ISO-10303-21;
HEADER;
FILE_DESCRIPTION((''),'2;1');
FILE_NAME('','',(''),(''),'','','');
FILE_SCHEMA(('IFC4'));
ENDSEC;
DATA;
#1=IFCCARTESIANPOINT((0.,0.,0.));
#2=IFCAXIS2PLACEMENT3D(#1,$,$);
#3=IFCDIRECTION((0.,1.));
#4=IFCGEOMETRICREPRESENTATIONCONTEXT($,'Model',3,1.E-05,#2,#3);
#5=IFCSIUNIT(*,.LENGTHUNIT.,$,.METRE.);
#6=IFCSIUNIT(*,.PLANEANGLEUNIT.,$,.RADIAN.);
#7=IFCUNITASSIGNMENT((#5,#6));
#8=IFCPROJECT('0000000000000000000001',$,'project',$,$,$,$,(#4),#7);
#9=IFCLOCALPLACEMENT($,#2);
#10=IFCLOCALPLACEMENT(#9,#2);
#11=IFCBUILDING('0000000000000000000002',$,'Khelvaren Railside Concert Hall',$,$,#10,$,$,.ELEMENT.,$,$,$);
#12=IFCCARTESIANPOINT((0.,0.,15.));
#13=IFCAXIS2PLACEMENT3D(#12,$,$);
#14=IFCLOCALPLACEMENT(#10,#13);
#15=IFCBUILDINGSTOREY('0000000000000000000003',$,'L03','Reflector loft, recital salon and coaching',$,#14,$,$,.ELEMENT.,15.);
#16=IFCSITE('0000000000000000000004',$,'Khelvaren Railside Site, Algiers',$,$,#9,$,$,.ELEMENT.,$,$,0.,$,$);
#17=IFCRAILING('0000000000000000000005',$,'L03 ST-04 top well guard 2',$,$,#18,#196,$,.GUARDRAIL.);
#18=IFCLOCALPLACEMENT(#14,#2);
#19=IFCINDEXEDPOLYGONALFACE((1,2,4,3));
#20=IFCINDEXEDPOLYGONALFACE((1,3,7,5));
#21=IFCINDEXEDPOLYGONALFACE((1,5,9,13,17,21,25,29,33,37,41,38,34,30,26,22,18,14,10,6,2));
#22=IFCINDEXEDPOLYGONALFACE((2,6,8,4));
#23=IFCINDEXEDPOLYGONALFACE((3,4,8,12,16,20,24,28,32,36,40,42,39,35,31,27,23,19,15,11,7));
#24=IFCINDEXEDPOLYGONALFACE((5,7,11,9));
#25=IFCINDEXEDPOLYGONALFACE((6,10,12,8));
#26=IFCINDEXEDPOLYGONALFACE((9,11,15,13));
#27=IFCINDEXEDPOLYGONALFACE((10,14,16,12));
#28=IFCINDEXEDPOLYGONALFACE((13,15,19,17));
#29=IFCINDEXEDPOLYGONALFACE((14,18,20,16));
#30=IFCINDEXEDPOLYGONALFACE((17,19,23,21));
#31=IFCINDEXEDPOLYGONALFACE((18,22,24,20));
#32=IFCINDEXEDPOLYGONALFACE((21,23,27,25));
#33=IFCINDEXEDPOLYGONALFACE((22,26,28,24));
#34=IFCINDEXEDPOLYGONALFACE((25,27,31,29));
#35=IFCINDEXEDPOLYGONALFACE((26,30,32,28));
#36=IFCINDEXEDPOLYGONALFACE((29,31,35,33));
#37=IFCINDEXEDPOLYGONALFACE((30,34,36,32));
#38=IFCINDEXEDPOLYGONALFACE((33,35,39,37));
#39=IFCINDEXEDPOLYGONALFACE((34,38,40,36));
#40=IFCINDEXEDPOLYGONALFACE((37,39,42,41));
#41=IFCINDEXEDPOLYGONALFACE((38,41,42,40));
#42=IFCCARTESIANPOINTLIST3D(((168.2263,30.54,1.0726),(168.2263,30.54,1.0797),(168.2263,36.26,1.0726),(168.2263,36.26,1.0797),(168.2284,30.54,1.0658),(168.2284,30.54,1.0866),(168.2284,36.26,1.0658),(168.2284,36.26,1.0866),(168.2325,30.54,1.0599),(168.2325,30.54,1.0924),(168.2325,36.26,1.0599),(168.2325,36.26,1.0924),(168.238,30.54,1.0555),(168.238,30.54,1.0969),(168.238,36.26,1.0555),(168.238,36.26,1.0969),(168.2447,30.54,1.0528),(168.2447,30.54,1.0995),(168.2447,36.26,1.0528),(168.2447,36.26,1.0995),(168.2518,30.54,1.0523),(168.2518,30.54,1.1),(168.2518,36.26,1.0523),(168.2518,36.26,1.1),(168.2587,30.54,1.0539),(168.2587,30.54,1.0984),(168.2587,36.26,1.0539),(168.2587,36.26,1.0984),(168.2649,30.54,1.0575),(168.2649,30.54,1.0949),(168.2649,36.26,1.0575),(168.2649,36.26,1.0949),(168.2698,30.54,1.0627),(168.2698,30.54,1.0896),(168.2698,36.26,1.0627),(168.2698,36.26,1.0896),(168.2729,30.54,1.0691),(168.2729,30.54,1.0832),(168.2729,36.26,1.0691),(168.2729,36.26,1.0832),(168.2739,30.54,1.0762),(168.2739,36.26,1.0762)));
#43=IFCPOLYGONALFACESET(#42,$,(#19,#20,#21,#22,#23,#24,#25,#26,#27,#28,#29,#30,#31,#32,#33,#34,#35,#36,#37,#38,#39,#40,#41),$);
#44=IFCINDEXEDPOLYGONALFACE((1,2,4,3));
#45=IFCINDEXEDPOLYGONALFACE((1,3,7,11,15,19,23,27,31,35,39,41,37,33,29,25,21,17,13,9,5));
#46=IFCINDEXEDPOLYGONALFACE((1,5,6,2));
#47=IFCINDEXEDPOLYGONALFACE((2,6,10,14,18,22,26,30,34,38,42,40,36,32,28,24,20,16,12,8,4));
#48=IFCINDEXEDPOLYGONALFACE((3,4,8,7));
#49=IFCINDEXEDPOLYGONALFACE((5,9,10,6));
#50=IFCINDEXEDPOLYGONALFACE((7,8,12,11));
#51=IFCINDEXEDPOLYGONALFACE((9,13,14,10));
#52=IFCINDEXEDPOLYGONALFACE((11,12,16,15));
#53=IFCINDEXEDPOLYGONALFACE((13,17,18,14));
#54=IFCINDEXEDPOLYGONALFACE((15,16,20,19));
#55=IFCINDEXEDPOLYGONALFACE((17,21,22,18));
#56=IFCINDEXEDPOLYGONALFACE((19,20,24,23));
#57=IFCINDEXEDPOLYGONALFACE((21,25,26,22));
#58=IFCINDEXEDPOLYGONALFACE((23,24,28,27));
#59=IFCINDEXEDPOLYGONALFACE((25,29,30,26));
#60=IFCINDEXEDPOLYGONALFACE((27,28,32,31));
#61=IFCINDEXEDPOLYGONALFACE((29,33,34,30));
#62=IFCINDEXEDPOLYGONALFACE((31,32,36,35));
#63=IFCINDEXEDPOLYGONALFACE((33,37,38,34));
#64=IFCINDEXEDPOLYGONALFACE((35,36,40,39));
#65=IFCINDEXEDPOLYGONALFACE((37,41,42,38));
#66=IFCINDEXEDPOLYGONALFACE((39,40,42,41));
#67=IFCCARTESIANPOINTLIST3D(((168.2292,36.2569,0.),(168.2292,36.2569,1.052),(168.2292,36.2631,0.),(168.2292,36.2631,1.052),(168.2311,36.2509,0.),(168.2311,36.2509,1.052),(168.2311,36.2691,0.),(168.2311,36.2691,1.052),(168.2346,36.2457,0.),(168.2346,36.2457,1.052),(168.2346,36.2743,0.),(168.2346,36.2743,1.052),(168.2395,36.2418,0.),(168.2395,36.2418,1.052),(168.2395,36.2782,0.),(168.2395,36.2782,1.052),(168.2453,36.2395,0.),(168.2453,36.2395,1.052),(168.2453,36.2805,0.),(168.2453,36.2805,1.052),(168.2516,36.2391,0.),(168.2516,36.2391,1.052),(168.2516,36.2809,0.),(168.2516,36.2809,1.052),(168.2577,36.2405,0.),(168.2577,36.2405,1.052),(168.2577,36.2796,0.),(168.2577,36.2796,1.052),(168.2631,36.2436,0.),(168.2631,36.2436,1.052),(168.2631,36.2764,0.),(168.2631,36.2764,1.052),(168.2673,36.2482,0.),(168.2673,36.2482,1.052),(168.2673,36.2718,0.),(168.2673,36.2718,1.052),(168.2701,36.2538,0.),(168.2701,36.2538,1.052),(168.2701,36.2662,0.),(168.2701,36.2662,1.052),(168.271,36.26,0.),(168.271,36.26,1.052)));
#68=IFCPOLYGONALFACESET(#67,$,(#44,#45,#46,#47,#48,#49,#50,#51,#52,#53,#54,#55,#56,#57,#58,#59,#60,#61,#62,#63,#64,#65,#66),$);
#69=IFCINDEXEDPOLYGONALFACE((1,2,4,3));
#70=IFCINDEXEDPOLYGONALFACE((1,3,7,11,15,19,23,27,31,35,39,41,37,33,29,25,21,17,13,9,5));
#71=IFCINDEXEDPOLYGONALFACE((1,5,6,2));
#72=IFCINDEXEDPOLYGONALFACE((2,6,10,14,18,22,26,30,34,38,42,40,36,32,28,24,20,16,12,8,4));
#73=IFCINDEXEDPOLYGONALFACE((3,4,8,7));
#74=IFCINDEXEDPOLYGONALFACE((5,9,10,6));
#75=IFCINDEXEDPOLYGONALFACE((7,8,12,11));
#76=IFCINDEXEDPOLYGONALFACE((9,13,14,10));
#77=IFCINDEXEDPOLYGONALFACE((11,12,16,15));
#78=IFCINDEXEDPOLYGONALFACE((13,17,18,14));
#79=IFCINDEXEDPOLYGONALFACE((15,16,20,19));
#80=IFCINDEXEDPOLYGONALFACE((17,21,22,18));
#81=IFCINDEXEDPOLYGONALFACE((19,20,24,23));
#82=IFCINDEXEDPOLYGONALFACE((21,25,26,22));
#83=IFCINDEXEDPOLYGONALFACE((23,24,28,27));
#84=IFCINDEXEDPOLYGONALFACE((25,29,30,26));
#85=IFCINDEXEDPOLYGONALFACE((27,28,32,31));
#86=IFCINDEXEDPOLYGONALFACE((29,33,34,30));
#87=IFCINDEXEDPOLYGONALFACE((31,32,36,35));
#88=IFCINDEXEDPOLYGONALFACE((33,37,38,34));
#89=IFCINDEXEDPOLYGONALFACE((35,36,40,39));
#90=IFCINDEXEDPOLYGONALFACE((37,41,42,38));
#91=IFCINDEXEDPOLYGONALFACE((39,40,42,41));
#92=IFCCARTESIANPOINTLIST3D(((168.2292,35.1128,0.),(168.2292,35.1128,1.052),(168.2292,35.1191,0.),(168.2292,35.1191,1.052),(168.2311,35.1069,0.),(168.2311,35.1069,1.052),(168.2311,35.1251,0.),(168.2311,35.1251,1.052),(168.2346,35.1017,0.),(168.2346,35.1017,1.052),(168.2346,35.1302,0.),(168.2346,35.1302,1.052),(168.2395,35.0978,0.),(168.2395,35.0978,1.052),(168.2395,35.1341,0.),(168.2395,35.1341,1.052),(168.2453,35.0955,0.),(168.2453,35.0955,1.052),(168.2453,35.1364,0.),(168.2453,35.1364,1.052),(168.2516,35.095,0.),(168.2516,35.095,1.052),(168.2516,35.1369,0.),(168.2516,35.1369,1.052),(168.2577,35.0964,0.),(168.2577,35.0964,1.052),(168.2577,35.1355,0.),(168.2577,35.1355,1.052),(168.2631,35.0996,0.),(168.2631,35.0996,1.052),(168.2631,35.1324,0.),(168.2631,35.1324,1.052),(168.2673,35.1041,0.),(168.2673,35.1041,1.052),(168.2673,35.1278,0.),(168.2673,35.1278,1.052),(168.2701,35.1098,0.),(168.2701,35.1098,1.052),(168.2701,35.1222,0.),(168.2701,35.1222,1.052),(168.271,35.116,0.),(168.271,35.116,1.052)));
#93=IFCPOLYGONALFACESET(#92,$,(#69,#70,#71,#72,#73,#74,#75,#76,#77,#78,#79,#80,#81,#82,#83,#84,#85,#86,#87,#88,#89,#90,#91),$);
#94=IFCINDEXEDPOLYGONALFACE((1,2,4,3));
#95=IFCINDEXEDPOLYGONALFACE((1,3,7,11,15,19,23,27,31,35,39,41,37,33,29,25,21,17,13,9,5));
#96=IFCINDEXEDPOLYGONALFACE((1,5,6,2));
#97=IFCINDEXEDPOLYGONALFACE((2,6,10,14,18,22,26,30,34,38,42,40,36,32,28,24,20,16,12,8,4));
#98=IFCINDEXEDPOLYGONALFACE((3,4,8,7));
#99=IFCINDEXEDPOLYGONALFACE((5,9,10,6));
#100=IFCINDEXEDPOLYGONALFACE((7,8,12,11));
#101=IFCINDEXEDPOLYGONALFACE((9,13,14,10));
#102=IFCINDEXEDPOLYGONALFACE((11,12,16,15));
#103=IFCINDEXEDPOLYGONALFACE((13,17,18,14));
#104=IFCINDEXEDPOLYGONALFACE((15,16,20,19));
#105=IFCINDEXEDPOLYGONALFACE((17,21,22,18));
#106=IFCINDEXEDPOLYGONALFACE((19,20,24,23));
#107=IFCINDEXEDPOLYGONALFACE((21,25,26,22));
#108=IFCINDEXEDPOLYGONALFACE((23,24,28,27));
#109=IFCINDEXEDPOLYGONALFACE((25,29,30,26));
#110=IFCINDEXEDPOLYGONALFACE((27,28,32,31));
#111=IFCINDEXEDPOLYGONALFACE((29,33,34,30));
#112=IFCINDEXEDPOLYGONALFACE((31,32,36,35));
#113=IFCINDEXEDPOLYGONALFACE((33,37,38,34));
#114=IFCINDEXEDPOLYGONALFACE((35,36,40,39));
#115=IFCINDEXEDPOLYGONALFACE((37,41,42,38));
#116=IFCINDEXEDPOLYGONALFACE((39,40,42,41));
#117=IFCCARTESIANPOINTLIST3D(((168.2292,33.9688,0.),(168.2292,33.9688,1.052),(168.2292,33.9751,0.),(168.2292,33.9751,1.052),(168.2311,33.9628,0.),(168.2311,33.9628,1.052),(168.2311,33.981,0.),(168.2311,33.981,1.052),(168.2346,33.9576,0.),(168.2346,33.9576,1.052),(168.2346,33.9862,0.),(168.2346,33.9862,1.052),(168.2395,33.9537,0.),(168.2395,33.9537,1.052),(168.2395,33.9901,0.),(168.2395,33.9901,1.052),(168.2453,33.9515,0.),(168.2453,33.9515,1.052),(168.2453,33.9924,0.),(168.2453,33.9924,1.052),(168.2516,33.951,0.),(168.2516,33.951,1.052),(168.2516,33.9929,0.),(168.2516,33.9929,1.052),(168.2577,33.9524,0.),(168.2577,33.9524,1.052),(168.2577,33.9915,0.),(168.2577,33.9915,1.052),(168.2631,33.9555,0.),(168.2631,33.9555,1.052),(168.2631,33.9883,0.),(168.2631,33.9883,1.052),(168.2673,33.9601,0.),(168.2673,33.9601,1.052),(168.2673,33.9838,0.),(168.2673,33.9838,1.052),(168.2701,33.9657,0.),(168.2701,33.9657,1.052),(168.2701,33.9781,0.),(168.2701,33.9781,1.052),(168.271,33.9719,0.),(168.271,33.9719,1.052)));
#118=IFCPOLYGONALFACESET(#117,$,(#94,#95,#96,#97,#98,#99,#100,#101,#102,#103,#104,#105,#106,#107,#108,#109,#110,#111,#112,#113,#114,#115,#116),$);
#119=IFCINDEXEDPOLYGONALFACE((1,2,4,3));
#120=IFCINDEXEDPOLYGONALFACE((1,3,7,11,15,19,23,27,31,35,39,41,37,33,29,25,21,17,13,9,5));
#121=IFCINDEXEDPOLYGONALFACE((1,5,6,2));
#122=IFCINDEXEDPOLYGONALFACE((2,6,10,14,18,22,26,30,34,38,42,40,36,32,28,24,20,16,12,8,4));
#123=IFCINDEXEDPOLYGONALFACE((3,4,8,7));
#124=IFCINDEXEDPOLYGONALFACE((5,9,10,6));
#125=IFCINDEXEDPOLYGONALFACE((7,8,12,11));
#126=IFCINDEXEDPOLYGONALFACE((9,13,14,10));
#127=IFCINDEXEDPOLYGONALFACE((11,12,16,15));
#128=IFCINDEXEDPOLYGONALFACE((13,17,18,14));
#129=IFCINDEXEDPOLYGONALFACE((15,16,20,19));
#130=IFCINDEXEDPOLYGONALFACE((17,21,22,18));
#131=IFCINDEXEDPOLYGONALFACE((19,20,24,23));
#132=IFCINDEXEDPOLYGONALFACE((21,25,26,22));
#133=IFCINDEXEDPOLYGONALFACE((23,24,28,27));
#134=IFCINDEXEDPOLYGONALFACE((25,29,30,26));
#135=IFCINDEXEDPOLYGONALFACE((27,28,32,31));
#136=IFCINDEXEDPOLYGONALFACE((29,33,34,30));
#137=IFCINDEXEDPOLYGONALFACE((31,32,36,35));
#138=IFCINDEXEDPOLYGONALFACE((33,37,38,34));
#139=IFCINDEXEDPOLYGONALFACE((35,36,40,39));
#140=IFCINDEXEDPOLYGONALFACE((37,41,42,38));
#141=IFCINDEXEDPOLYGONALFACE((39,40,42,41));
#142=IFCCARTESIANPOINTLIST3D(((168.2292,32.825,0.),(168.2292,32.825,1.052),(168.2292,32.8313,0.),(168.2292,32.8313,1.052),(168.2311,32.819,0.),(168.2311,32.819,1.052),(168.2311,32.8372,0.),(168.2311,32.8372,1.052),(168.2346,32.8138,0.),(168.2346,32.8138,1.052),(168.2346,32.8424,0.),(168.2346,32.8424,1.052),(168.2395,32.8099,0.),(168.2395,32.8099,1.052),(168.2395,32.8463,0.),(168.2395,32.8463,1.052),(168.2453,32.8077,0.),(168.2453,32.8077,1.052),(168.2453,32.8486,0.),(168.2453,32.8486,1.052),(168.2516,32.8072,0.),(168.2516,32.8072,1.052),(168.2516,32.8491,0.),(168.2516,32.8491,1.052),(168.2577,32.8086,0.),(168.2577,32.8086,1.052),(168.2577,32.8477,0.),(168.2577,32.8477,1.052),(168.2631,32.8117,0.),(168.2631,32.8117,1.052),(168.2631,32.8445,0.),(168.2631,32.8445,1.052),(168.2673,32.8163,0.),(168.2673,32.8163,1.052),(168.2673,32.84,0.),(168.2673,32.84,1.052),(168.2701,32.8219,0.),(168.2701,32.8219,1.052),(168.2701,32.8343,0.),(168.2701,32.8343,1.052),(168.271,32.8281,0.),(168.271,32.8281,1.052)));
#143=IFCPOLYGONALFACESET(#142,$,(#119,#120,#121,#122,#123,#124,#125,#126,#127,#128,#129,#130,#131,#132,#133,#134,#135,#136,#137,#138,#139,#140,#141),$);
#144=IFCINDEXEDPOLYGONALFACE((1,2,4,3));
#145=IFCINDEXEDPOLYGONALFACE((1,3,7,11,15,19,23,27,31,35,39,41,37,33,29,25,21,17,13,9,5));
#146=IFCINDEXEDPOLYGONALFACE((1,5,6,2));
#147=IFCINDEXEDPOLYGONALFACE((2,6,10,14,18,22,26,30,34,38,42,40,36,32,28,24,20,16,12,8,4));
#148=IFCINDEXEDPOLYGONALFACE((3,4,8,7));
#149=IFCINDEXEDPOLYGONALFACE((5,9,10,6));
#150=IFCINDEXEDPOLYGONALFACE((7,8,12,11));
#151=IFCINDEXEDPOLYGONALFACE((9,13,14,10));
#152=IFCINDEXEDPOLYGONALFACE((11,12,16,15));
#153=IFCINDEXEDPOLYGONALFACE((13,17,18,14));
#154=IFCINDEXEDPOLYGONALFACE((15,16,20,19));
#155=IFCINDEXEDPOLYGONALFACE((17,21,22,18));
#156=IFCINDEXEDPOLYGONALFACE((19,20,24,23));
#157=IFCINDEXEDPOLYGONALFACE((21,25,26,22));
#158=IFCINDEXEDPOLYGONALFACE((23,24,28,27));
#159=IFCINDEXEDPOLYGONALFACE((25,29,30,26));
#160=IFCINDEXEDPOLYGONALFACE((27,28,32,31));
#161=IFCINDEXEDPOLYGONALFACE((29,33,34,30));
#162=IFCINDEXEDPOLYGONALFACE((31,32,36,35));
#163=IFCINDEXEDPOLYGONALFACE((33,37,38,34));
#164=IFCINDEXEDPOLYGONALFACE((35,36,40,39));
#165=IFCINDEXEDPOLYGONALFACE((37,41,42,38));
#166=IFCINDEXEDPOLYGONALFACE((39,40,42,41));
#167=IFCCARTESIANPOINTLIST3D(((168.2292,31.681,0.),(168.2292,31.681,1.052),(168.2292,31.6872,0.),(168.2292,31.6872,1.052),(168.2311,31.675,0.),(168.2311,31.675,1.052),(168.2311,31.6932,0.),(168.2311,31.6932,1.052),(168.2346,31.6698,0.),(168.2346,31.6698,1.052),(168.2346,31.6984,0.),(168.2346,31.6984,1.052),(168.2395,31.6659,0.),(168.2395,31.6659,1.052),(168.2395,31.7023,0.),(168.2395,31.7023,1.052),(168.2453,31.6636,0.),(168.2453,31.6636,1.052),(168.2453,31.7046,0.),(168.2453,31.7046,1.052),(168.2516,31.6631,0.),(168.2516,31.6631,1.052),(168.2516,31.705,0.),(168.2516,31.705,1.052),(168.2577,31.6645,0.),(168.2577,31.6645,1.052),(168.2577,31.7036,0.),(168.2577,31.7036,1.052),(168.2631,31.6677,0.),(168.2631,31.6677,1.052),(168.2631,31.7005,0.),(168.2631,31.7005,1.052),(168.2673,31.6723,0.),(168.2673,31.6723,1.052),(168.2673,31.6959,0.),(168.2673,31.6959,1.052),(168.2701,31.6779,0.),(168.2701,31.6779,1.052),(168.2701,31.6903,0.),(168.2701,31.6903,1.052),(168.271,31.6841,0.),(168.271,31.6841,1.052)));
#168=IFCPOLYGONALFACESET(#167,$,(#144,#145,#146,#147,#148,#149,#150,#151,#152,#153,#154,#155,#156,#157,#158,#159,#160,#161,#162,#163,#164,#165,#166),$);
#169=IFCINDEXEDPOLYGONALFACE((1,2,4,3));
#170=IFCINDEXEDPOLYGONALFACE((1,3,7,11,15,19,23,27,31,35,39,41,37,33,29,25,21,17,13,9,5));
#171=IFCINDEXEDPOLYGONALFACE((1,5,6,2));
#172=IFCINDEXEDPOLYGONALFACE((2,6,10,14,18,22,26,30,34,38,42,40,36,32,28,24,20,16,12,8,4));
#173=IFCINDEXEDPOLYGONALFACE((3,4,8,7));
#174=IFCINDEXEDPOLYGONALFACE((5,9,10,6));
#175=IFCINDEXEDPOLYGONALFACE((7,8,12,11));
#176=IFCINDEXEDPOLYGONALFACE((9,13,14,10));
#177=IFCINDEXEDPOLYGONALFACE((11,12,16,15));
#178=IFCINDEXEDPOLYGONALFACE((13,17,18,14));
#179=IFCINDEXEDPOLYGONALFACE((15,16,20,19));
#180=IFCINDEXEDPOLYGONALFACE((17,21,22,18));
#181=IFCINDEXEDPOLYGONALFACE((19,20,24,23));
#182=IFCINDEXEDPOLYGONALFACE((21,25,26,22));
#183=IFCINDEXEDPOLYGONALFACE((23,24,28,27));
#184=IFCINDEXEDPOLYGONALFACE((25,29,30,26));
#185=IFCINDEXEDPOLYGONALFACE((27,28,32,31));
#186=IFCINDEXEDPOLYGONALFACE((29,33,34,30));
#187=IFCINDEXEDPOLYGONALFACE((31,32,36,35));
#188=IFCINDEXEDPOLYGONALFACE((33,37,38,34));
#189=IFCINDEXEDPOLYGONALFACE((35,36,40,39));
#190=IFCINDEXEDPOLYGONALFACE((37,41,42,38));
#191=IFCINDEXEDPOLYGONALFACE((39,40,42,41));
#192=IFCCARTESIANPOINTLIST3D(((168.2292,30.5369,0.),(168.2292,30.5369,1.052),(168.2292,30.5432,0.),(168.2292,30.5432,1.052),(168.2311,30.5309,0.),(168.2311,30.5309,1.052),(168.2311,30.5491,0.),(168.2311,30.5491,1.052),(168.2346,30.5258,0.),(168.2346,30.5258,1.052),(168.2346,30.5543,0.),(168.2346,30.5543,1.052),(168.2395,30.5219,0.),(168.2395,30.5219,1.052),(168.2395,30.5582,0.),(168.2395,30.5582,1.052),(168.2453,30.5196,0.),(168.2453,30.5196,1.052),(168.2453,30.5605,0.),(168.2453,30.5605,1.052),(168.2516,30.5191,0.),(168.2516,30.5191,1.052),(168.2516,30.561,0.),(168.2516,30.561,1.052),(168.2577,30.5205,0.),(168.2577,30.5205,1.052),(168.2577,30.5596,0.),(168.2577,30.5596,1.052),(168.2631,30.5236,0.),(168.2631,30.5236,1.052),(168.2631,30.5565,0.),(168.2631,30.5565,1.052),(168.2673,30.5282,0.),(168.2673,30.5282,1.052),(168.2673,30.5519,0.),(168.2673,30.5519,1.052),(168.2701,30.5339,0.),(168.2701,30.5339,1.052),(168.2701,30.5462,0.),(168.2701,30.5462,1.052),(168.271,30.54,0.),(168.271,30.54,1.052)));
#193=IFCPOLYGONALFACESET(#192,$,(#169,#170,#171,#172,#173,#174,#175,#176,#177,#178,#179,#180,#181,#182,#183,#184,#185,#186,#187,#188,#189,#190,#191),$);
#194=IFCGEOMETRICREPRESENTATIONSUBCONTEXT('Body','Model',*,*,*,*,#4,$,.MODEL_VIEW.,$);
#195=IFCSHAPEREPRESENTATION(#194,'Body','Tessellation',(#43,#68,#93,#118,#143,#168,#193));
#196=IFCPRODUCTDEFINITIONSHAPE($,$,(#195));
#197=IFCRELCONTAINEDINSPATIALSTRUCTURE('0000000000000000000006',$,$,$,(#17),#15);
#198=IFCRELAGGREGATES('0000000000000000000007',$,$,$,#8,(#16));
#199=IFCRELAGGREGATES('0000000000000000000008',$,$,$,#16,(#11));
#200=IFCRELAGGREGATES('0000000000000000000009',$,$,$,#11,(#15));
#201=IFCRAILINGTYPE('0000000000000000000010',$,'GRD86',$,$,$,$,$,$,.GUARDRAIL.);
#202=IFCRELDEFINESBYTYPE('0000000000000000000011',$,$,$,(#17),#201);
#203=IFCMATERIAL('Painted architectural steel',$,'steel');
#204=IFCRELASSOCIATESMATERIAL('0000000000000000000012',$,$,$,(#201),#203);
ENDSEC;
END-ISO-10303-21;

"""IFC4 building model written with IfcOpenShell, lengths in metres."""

from ifc_helpers import new_model, si_unit, direction, frame, origin, origin_2d, place, context, subcontext, project, spatial, circle, extrude, material, type_object, element, save


model = new_model("IFC4")

# Units and contexts
model_context = context("Model", 3, precision=1e-05, world=origin(), true_north=direction((0.0, 1.0)))
body_context = subcontext(model_context, "Body", "Model", "MODEL_VIEW")
ifc_project = project(units=[si_unit("LENGTHUNIT", "METRE"), si_unit("PLANEANGLEUNIT", "RADIAN")], contexts=[model_context])

# Site, building, storey
site_placement = place(None, origin())
site = spatial("IfcSite", under=ifc_project, at=site_placement, Name="Khelvaren Railside Site, Algiers", CompositionType="ELEMENT", RefElevation=0.0)
building_placement = place(site_placement, origin())
building = spatial("IfcBuilding", under=site, at=building_placement, Name="Khelvaren Railside Concert Hall", CompositionType="ELEMENT")
storey_placement = place(building_placement, frame((0.0, 0.0, 15.0)))
storey = spatial("IfcBuildingStorey", under=building, at=storey_placement, Name="L03", Description="Reflector loft, recital salon and coaching", CompositionType="ELEMENT", Elevation=15.0)

# Railing
ifc_material_1 = material(Name="Painted architectural steel", Category="steel")
railing_type = type_object("IfcRailingType", Name="GRD86", PredefinedType="GUARDRAIL", material=ifc_material_1)
for number, where, name in (
    (1, (168.25, 36.26, 0.0), "L03 ST-04 top well guard 2"),
):
    element("IfcRailing", number, at=place(storey_placement, frame(where)), inside=storey, type_object=railing_type, Name=name, PredefinedType="GUARDRAIL", context=body_context, shape_type="SweptSolid", body=[
        extrude(circle(Radius=0.0239, at=origin_2d()), frame((0.0, 0.0, 1.0762), z_axis=(0.0, -1.0, 0.0), x_axis=(1.0, 0.0, 0.0)), (0.0, 0.0, 1.0), 5.72),
        extrude(circle(Radius=0.021, at=origin_2d()), origin(), (0.0, 0.0, 1.0), 1.052),
        extrude(circle(Radius=0.021, at=origin_2d()), frame((0.0, -1.144, 0.0)), (0.0, 0.0, 1.0), 1.052),
        extrude(circle(Radius=0.021, at=origin_2d()), frame((0.0, -2.2881, 0.0)), (0.0, 0.0, 1.0), 1.052),
        extrude(circle(Radius=0.021, at=origin_2d()), frame((0.0, -3.4319, 0.0)), (0.0, 0.0, 1.0), 1.052),
        extrude(circle(Radius=0.021, at=origin_2d()), frame((0.0, -4.5759, 0.0)), (0.0, 0.0, 1.0), 1.052),
        extrude(circle(Radius=0.021, at=origin_2d()), frame((0.0, -5.72, 0.0)), (0.0, 0.0, 1.0), 1.052),
    ])

save(model, "model.ifc")
